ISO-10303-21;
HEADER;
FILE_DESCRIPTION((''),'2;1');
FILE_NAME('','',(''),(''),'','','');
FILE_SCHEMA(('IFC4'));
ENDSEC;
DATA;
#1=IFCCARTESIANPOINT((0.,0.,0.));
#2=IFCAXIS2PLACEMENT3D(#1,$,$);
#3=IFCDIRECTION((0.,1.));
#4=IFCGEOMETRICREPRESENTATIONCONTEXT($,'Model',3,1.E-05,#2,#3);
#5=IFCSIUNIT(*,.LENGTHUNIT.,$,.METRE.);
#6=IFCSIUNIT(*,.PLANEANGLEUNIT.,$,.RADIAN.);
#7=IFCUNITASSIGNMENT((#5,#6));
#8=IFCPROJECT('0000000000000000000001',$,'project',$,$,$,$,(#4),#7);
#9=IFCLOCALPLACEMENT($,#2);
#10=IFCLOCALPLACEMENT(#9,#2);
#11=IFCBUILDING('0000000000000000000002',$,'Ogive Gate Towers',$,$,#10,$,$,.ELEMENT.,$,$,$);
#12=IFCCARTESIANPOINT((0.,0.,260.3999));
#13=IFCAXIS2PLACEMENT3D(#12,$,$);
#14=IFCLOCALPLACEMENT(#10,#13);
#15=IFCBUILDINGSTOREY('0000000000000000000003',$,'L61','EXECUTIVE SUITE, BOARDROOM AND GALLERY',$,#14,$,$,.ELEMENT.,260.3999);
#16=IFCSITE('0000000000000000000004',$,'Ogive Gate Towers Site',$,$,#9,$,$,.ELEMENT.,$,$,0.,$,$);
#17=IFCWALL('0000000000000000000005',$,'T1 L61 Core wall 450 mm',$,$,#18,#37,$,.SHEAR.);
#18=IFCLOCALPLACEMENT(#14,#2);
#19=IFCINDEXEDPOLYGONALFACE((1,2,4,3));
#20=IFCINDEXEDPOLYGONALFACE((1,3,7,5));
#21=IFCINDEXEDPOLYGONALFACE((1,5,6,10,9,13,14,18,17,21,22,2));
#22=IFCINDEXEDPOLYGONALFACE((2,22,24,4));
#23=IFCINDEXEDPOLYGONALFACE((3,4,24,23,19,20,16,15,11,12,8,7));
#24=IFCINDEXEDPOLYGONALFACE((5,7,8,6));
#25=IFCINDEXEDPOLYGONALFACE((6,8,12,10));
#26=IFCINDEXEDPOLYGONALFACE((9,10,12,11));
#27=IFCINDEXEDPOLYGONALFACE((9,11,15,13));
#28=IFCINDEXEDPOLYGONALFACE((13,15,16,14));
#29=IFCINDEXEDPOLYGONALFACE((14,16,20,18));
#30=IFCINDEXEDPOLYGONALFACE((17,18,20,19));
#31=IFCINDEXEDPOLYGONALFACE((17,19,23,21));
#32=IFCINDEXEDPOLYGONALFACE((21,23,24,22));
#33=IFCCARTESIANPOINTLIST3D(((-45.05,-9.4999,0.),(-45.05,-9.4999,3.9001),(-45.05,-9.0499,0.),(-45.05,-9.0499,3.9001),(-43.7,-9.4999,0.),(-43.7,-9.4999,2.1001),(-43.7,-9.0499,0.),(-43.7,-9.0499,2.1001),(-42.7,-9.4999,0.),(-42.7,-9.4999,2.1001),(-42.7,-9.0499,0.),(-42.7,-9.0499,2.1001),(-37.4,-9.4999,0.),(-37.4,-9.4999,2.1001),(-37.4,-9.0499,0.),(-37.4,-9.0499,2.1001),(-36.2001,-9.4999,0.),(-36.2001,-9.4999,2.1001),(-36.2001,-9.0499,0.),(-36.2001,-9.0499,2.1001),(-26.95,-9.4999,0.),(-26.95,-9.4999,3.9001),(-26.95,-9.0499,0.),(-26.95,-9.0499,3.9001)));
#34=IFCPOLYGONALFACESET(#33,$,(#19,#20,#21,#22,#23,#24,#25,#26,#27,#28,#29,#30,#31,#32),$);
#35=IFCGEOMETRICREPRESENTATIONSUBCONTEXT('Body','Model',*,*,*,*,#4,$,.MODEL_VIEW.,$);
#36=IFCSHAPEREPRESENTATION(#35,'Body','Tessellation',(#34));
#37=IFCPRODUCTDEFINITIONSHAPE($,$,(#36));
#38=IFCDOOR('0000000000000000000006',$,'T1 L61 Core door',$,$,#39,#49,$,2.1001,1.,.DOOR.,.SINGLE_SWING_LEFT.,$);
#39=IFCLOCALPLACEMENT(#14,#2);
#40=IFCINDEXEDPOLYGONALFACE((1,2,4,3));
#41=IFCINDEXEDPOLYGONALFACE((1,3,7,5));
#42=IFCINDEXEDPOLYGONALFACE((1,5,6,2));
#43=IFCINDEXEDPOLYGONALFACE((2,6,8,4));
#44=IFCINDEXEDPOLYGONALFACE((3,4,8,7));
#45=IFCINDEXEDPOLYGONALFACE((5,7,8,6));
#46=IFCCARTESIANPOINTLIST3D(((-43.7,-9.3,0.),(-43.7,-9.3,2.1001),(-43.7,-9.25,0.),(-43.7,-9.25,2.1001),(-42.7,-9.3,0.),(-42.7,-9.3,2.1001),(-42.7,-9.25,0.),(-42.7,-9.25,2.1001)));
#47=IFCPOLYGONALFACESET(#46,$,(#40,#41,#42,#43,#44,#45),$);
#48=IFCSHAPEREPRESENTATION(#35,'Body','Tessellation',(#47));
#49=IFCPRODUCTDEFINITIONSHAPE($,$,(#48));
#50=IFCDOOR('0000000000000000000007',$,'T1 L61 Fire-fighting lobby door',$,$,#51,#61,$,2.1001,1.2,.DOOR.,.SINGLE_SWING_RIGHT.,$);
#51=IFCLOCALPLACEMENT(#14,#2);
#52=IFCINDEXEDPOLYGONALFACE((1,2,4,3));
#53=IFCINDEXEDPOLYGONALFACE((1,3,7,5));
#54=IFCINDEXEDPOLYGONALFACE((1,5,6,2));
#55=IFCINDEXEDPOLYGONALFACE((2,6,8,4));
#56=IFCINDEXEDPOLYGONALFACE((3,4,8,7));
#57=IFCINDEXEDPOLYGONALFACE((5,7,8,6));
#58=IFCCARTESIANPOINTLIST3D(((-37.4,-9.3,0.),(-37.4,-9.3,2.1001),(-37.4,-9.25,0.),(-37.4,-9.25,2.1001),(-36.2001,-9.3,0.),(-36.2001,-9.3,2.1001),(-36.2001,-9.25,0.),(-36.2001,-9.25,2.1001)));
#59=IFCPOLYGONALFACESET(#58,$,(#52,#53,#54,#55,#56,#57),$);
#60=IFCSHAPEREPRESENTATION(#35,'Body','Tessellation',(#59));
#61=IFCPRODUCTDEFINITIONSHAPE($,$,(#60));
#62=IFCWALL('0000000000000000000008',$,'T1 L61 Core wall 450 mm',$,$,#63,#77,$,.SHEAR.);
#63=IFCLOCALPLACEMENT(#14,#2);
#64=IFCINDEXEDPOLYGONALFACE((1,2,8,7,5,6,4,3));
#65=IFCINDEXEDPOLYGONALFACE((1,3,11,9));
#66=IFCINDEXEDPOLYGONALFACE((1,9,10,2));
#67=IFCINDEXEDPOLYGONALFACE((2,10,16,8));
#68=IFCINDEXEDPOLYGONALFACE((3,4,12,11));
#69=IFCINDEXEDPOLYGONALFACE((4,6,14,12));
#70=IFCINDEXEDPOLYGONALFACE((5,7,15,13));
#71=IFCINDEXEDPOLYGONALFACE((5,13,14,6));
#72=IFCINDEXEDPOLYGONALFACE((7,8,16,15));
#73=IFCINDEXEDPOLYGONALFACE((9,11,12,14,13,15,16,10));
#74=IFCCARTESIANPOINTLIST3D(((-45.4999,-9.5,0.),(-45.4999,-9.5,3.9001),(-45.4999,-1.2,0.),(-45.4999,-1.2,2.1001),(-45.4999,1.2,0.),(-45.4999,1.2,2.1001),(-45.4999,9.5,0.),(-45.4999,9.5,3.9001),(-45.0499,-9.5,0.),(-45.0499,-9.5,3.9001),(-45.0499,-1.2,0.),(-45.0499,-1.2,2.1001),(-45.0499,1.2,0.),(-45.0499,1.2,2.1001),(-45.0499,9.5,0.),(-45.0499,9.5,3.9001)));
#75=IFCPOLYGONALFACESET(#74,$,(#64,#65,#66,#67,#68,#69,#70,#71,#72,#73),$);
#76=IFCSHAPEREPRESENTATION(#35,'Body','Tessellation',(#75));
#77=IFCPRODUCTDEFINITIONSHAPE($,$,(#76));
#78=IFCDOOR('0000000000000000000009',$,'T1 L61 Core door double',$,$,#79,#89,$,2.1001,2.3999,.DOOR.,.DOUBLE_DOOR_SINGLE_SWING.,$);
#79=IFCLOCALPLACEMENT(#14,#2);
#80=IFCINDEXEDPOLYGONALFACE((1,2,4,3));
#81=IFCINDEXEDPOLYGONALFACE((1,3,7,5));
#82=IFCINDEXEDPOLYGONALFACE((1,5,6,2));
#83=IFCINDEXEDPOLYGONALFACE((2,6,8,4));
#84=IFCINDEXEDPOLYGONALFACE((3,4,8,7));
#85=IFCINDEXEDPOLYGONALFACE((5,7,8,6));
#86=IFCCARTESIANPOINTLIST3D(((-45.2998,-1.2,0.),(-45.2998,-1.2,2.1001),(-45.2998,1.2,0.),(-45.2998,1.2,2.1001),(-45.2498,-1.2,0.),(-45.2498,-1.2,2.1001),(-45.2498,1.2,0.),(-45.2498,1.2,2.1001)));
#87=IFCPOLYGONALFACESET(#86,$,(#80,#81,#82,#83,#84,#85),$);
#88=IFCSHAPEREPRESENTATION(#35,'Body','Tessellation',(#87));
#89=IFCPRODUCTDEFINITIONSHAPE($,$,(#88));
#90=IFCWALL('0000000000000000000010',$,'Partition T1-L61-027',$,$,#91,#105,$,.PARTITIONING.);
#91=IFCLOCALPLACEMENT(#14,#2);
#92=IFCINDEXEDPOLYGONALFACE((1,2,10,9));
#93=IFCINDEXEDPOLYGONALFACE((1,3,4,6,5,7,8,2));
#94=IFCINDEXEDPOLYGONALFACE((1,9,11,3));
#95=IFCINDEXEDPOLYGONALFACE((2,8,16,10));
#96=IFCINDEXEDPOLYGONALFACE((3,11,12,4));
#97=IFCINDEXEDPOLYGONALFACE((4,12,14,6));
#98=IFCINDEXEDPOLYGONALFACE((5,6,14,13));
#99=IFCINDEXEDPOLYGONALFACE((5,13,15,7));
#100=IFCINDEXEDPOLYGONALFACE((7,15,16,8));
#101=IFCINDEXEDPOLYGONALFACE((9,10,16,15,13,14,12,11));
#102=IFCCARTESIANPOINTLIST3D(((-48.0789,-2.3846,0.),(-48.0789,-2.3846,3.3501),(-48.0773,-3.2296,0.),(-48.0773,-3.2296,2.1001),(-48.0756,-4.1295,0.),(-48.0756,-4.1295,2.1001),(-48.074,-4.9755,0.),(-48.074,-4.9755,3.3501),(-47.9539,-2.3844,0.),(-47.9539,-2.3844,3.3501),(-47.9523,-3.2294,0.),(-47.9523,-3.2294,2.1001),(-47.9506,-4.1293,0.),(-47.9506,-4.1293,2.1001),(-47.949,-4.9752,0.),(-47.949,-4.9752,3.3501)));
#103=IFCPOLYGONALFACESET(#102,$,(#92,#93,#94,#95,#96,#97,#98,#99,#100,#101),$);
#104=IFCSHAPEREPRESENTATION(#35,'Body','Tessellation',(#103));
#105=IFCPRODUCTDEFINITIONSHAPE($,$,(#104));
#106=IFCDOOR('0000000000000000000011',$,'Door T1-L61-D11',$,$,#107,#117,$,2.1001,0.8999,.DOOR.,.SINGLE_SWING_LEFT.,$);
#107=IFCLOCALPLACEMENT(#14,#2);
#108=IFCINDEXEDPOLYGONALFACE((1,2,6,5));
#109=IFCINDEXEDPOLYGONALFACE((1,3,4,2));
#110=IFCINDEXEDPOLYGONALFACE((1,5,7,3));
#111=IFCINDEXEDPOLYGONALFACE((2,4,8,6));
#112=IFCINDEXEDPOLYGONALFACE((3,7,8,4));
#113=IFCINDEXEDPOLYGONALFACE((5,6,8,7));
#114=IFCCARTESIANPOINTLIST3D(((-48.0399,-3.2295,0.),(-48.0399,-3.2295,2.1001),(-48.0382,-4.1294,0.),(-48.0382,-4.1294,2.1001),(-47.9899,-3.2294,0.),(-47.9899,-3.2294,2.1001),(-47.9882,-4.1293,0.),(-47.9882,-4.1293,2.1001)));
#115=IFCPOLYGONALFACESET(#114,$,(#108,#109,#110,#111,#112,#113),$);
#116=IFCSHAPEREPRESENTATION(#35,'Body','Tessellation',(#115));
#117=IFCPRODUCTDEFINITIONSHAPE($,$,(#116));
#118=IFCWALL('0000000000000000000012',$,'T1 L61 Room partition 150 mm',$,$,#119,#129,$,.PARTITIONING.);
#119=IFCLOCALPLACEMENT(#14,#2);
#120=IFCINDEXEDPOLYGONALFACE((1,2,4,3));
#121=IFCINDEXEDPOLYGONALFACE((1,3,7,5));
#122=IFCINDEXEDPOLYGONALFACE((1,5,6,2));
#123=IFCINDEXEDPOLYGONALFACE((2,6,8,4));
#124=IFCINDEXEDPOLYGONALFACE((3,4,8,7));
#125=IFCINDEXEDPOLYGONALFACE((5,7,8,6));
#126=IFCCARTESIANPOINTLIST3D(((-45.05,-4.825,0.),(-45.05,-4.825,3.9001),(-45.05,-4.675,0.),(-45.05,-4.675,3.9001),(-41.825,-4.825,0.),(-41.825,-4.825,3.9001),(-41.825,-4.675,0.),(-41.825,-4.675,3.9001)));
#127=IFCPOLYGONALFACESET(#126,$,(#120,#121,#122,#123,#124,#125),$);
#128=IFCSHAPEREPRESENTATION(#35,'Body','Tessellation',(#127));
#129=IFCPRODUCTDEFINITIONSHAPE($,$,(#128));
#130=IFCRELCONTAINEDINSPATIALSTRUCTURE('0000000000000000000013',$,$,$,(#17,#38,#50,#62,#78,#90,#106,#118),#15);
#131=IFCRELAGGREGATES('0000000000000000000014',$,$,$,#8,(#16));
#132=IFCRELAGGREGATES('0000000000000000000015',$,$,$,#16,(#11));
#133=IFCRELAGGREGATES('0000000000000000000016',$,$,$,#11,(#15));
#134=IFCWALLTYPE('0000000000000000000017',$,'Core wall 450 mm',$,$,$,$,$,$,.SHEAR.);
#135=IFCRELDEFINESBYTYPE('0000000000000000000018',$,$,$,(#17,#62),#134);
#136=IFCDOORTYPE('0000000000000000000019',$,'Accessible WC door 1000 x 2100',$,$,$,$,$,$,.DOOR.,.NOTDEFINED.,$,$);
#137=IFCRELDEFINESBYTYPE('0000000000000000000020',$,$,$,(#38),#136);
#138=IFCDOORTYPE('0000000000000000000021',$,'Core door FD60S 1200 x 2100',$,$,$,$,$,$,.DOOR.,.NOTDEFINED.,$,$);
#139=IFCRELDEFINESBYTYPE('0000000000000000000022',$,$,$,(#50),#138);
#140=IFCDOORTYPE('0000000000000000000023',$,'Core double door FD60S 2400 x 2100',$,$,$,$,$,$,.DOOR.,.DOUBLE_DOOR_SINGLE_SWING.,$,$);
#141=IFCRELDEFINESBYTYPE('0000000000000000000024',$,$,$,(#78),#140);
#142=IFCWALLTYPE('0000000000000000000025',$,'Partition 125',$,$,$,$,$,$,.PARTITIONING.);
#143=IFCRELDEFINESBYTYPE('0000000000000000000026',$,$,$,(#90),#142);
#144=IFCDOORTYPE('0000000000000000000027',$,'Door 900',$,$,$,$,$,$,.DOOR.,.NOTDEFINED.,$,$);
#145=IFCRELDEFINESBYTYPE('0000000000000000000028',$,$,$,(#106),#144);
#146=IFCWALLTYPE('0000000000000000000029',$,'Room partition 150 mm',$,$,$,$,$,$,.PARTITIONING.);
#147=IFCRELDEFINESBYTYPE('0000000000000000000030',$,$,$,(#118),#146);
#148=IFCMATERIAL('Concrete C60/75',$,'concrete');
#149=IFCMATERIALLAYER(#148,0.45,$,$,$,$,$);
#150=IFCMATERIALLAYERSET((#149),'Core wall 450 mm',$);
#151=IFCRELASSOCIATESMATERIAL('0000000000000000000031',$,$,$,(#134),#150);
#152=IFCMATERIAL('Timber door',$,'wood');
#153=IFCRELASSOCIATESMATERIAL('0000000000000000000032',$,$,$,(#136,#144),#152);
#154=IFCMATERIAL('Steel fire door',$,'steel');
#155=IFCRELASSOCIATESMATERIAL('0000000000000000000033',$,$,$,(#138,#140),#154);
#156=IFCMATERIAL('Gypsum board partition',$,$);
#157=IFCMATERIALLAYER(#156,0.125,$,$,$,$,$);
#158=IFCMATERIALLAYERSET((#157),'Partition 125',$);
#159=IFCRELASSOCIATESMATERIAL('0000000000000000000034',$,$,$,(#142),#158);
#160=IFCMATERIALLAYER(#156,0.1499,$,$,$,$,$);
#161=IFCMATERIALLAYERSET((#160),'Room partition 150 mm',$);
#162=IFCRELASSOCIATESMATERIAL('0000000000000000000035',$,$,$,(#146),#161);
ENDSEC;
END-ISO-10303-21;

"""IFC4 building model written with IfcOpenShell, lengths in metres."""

from ifc_helpers import new_model, si_unit, direction, frame, frame_2d, origin, place, context, subcontext, project, spatial, rectangle, extrude, material, layer, layer_set, type_object, element, fill, save


model = new_model("IFC4")

# Units and contexts
model_context = context("Model", 3, precision=1e-05, world=origin(), true_north=direction((0.0, 1.0)))
body_context = subcontext(model_context, "Body", "Model", "MODEL_VIEW")
ifc_project = project(units=[si_unit("LENGTHUNIT", "METRE"), si_unit("PLANEANGLEUNIT", "RADIAN")], contexts=[model_context])

# Site, building, storey
site_placement = place(None, origin())
site = spatial("IfcSite", under=ifc_project, at=site_placement, Name="Ogive Gate Towers Site", CompositionType="ELEMENT", RefElevation=0.0)
building_placement = place(site_placement, origin())
building = spatial("IfcBuilding", under=site, at=building_placement, Name="Ogive Gate Towers", CompositionType="ELEMENT")
storey_placement = place(building_placement, frame((0.0, 0.0, 260.3999)))
storey = spatial("IfcBuildingStorey", under=building, at=storey_placement, Name="L61", Description="EXECUTIVE SUITE, BOARDROOM AND GALLERY", CompositionType="ELEMENT", Elevation=260.3999)

# Shared definitions
ifc_material_1 = material(Name="Timber door", Category="wood")

# Wall, openings, doors
ifc_material_2 = material(Name="Concrete C60/75", Category="concrete")
ifc_layer_1 = layer(ifc_material_2, 0.45)
ifc_layer_set_1 = layer_set([ifc_layer_1], Name="Core wall 450 mm")
wall_type_1 = type_object("IfcWallType", Name="Core wall 450 mm", PredefinedType="SHEAR", material=ifc_layer_set_1)
wall_1_placement = place(storey_placement, frame((-45.05, -9.2749, 0.0), z_axis=(0.0, 0.0, 1.0), x_axis=(1.0, 0.0, 0.0)))
wall_1 = element("IfcWall", 1, at=wall_1_placement, inside=storey, type_object=wall_type_1, Name="T1 L61 Core wall 450 mm", PredefinedType="SHEAR", context=body_context, shape_type="SweptSolid", body=[
    extrude(rectangle(XDim=18.1001, YDim=0.45, at=frame_2d((9.05, 0.0))), origin(), (0.0, 0.0, 1.0), 3.9001),
])
opening_1_placement = place(wall_1_placement, frame((7.6499, 0.0, 0.0)))
opening_1 = element("IfcOpeningElement", 2, at=opening_1_placement, cuts=wall_1, PredefinedType="OPENING", context=body_context, shape_type="SweptSolid", body=[
    extrude(rectangle(XDim=1.2, YDim=2.1001, at=frame_2d((0.6001, 1.05))), frame((0.0, 0.2349, 0.0), z_axis=(0.0, -1.0, 0.0), x_axis=(1.0, 0.0, 0.0)), (0.0, 0.0, 1.0), 0.47),
])
opening_2_placement = place(wall_1_placement, frame((1.3501, 0.0, 0.0)))
opening_2 = element("IfcOpeningElement", 3, at=opening_2_placement, cuts=wall_1, PredefinedType="OPENING", context=body_context, shape_type="SweptSolid", body=[
    extrude(rectangle(XDim=1.0, YDim=2.1001, at=frame_2d((0.5, 1.05))), frame((0.0, 0.2349, 0.0), z_axis=(0.0, -1.0, 0.0), x_axis=(1.0, 0.0, 0.0)), (0.0, 0.0, 1.0), 0.47),
])
door_type_1 = type_object("IfcDoorType", Name="Accessible WC door 1000 x 2100", OperationType="NOTDEFINED", PredefinedType="DOOR", material=ifc_material_1)
door_1_placement = place(opening_2_placement, origin())
door_1 = element("IfcDoor", 4, at=door_1_placement, inside=storey, type_object=door_type_1, Name="T1 L61 Core door", OperationType="SINGLE_SWING_LEFT", OverallHeight=2.1001, OverallWidth=1.0, PredefinedType="DOOR", context=body_context, shape_type="SweptSolid", body=[
    extrude(rectangle(XDim=1.0, YDim=2.1001, at=frame_2d((0.5, 1.05))), frame((0.0, 0.0249, 0.0), z_axis=(0.0, -1.0, 0.0), x_axis=(1.0, 0.0, 0.0)), (0.0, 0.0, 1.0), 0.05),
])
fill(opening_2, door_1)
ifc_material_3 = material(Name="Steel fire door", Category="steel")
door_type_2 = type_object("IfcDoorType", Name="Core door FD60S 1200 x 2100", OperationType="NOTDEFINED", PredefinedType="DOOR", material=ifc_material_3)
door_2_placement = place(opening_1_placement, origin())
door_2 = element("IfcDoor", 5, at=door_2_placement, inside=storey, type_object=door_type_2, Name="T1 L61 Fire-fighting lobby door", OperationType="SINGLE_SWING_RIGHT", OverallHeight=2.1001, OverallWidth=1.2, PredefinedType="DOOR", context=body_context, shape_type="SweptSolid", body=[
    extrude(rectangle(XDim=1.2, YDim=2.1001, at=frame_2d((0.6001, 1.05))), frame((0.0, 0.0249, 0.0), z_axis=(0.0, -1.0, 0.0), x_axis=(1.0, 0.0, 0.0)), (0.0, 0.0, 1.0), 0.05),
])
fill(opening_1, door_2)

# Walls, openings, doors
wall_2_placement = place(storey_placement, frame((-45.2749, -9.5, 0.0), z_axis=(0.0, 0.0, 1.0), x_axis=(0.0, 1.0, 0.0)))
wall_2 = element("IfcWall", 6, at=wall_2_placement, inside=storey, type_object=wall_type_1, Name="T1 L61 Core wall 450 mm", PredefinedType="SHEAR", context=body_context, shape_type="SweptSolid", body=[
    extrude(rectangle(XDim=19.0, YDim=0.45, at=frame_2d((9.5, 0.0))), origin(), (0.0, 0.0, 1.0), 3.9001),
])
opening_3_placement = place(wall_2_placement, frame((8.3, 0.0, 0.0)))
opening_3 = element("IfcOpeningElement", 7, at=opening_3_placement, cuts=wall_2, PredefinedType="OPENING", context=body_context, shape_type="SweptSolid", body=[
    extrude(rectangle(XDim=2.3999, YDim=2.1001, at=frame_2d((1.2, 1.05))), frame((0.0, 0.2349, 0.0), z_axis=(0.0, -1.0, 0.0), x_axis=(1.0, 0.0, 0.0)), (0.0, 0.0, 1.0), 0.47),
])
door_type_3 = type_object("IfcDoorType", Name="Core double door FD60S 2400 x 2100", OperationType="DOUBLE_DOOR_SINGLE_SWING", PredefinedType="DOOR", material=ifc_material_3)
door_3_placement = place(opening_3_placement, origin())
door_3 = element("IfcDoor", 8, at=door_3_placement, inside=storey, type_object=door_type_3, Name="T1 L61 Core door double", OperationType="DOUBLE_DOOR_SINGLE_SWING", OverallHeight=2.1001, OverallWidth=2.3999, PredefinedType="DOOR", context=body_context, shape_type="SweptSolid", body=[
    extrude(rectangle(XDim=2.3999, YDim=2.1001, at=frame_2d((1.2, 1.05))), frame((0.0, 0.0249, 0.0), z_axis=(0.0, -1.0, 0.0), x_axis=(1.0, 0.0, 0.0)), (0.0, 0.0, 1.0), 0.05),
])
fill(opening_3, door_3)
ifc_material_4 = material(Name="Gypsum board partition")
ifc_layer_2 = layer(ifc_material_4, 0.125)
ifc_layer_set_2 = layer_set([ifc_layer_2], Name="Partition 125")
wall_type_2 = type_object("IfcWallType", Name="Partition 125", PredefinedType="PARTITIONING", material=ifc_layer_set_2)
wall_3_placement = place(storey_placement, frame((-48.0164, -2.3845, 0.0), z_axis=(0.0, 0.0, 1.0), x_axis=(0.001885, -0.999998, 0.0)))
wall_3 = element("IfcWall", 9, at=wall_3_placement, inside=storey, type_object=wall_type_2, Name="Partition T1-L61-027", PredefinedType="PARTITIONING", context=body_context, shape_type="SweptSolid", body=[
    extrude(rectangle(XDim=2.5908, YDim=0.125, at=frame_2d((1.2954, 0.0))), origin(), (0.0, 0.0, 1.0), 3.3501),
])
opening_4_placement = place(wall_3_placement, frame((0.845, 0.0, 0.0)))
opening_4 = element("IfcOpeningElement", 10, at=opening_4_placement, cuts=wall_3, PredefinedType="OPENING", context=body_context, shape_type="SweptSolid", body=[
    extrude(rectangle(XDim=0.8999, YDim=2.1001, at=frame_2d((0.45, 1.05))), frame((0.0, 0.0725, 0.0), z_axis=(0.0, -1.0, 0.0), x_axis=(1.0, 0.0, 0.0)), (0.0, 0.0, 1.0), 0.145),
])
door_type_4 = type_object("IfcDoorType", Name="Door 900", OperationType="NOTDEFINED", PredefinedType="DOOR", material=ifc_material_1)
door_4_placement = place(opening_4_placement, origin())
door_4 = element("IfcDoor", 11, at=door_4_placement, inside=storey, type_object=door_type_4, Name="Door T1-L61-D11", OperationType="SINGLE_SWING_LEFT", OverallHeight=2.1001, OverallWidth=0.8999, PredefinedType="DOOR", context=body_context, shape_type="SweptSolid", body=[
    extrude(rectangle(XDim=0.8999, YDim=2.1001, at=frame_2d((0.45, 1.05))), frame((0.0, 0.0249, 0.0), z_axis=(0.0, -1.0, 0.0), x_axis=(1.0, 0.0, 0.0)), (0.0, 0.0, 1.0), 0.05),
])
fill(opening_4, door_4)

# Wall
ifc_layer_3 = layer(ifc_material_4, 0.1499)
ifc_layer_set_3 = layer_set([ifc_layer_3], Name="Room partition 150 mm")
wall_type_3 = type_object("IfcWallType", Name="Room partition 150 mm", PredefinedType="PARTITIONING", material=ifc_layer_set_3)
wall_4_placement = place(storey_placement, frame((-45.05, -4.75, 0.0), z_axis=(0.0, 0.0, 1.0), x_axis=(1.0, 0.0, 0.0)))
element("IfcWall", 12, at=wall_4_placement, inside=storey, type_object=wall_type_3, Name="T1 L61 Room partition 150 mm", PredefinedType="PARTITIONING", context=body_context, shape_type="SweptSolid", body=[
    extrude(rectangle(XDim=3.2251, YDim=0.1499, at=frame_2d((1.6125, 0.0))), origin(), (0.0, 0.0, 1.0), 3.9001),
])

save(model, "model.ifc")
